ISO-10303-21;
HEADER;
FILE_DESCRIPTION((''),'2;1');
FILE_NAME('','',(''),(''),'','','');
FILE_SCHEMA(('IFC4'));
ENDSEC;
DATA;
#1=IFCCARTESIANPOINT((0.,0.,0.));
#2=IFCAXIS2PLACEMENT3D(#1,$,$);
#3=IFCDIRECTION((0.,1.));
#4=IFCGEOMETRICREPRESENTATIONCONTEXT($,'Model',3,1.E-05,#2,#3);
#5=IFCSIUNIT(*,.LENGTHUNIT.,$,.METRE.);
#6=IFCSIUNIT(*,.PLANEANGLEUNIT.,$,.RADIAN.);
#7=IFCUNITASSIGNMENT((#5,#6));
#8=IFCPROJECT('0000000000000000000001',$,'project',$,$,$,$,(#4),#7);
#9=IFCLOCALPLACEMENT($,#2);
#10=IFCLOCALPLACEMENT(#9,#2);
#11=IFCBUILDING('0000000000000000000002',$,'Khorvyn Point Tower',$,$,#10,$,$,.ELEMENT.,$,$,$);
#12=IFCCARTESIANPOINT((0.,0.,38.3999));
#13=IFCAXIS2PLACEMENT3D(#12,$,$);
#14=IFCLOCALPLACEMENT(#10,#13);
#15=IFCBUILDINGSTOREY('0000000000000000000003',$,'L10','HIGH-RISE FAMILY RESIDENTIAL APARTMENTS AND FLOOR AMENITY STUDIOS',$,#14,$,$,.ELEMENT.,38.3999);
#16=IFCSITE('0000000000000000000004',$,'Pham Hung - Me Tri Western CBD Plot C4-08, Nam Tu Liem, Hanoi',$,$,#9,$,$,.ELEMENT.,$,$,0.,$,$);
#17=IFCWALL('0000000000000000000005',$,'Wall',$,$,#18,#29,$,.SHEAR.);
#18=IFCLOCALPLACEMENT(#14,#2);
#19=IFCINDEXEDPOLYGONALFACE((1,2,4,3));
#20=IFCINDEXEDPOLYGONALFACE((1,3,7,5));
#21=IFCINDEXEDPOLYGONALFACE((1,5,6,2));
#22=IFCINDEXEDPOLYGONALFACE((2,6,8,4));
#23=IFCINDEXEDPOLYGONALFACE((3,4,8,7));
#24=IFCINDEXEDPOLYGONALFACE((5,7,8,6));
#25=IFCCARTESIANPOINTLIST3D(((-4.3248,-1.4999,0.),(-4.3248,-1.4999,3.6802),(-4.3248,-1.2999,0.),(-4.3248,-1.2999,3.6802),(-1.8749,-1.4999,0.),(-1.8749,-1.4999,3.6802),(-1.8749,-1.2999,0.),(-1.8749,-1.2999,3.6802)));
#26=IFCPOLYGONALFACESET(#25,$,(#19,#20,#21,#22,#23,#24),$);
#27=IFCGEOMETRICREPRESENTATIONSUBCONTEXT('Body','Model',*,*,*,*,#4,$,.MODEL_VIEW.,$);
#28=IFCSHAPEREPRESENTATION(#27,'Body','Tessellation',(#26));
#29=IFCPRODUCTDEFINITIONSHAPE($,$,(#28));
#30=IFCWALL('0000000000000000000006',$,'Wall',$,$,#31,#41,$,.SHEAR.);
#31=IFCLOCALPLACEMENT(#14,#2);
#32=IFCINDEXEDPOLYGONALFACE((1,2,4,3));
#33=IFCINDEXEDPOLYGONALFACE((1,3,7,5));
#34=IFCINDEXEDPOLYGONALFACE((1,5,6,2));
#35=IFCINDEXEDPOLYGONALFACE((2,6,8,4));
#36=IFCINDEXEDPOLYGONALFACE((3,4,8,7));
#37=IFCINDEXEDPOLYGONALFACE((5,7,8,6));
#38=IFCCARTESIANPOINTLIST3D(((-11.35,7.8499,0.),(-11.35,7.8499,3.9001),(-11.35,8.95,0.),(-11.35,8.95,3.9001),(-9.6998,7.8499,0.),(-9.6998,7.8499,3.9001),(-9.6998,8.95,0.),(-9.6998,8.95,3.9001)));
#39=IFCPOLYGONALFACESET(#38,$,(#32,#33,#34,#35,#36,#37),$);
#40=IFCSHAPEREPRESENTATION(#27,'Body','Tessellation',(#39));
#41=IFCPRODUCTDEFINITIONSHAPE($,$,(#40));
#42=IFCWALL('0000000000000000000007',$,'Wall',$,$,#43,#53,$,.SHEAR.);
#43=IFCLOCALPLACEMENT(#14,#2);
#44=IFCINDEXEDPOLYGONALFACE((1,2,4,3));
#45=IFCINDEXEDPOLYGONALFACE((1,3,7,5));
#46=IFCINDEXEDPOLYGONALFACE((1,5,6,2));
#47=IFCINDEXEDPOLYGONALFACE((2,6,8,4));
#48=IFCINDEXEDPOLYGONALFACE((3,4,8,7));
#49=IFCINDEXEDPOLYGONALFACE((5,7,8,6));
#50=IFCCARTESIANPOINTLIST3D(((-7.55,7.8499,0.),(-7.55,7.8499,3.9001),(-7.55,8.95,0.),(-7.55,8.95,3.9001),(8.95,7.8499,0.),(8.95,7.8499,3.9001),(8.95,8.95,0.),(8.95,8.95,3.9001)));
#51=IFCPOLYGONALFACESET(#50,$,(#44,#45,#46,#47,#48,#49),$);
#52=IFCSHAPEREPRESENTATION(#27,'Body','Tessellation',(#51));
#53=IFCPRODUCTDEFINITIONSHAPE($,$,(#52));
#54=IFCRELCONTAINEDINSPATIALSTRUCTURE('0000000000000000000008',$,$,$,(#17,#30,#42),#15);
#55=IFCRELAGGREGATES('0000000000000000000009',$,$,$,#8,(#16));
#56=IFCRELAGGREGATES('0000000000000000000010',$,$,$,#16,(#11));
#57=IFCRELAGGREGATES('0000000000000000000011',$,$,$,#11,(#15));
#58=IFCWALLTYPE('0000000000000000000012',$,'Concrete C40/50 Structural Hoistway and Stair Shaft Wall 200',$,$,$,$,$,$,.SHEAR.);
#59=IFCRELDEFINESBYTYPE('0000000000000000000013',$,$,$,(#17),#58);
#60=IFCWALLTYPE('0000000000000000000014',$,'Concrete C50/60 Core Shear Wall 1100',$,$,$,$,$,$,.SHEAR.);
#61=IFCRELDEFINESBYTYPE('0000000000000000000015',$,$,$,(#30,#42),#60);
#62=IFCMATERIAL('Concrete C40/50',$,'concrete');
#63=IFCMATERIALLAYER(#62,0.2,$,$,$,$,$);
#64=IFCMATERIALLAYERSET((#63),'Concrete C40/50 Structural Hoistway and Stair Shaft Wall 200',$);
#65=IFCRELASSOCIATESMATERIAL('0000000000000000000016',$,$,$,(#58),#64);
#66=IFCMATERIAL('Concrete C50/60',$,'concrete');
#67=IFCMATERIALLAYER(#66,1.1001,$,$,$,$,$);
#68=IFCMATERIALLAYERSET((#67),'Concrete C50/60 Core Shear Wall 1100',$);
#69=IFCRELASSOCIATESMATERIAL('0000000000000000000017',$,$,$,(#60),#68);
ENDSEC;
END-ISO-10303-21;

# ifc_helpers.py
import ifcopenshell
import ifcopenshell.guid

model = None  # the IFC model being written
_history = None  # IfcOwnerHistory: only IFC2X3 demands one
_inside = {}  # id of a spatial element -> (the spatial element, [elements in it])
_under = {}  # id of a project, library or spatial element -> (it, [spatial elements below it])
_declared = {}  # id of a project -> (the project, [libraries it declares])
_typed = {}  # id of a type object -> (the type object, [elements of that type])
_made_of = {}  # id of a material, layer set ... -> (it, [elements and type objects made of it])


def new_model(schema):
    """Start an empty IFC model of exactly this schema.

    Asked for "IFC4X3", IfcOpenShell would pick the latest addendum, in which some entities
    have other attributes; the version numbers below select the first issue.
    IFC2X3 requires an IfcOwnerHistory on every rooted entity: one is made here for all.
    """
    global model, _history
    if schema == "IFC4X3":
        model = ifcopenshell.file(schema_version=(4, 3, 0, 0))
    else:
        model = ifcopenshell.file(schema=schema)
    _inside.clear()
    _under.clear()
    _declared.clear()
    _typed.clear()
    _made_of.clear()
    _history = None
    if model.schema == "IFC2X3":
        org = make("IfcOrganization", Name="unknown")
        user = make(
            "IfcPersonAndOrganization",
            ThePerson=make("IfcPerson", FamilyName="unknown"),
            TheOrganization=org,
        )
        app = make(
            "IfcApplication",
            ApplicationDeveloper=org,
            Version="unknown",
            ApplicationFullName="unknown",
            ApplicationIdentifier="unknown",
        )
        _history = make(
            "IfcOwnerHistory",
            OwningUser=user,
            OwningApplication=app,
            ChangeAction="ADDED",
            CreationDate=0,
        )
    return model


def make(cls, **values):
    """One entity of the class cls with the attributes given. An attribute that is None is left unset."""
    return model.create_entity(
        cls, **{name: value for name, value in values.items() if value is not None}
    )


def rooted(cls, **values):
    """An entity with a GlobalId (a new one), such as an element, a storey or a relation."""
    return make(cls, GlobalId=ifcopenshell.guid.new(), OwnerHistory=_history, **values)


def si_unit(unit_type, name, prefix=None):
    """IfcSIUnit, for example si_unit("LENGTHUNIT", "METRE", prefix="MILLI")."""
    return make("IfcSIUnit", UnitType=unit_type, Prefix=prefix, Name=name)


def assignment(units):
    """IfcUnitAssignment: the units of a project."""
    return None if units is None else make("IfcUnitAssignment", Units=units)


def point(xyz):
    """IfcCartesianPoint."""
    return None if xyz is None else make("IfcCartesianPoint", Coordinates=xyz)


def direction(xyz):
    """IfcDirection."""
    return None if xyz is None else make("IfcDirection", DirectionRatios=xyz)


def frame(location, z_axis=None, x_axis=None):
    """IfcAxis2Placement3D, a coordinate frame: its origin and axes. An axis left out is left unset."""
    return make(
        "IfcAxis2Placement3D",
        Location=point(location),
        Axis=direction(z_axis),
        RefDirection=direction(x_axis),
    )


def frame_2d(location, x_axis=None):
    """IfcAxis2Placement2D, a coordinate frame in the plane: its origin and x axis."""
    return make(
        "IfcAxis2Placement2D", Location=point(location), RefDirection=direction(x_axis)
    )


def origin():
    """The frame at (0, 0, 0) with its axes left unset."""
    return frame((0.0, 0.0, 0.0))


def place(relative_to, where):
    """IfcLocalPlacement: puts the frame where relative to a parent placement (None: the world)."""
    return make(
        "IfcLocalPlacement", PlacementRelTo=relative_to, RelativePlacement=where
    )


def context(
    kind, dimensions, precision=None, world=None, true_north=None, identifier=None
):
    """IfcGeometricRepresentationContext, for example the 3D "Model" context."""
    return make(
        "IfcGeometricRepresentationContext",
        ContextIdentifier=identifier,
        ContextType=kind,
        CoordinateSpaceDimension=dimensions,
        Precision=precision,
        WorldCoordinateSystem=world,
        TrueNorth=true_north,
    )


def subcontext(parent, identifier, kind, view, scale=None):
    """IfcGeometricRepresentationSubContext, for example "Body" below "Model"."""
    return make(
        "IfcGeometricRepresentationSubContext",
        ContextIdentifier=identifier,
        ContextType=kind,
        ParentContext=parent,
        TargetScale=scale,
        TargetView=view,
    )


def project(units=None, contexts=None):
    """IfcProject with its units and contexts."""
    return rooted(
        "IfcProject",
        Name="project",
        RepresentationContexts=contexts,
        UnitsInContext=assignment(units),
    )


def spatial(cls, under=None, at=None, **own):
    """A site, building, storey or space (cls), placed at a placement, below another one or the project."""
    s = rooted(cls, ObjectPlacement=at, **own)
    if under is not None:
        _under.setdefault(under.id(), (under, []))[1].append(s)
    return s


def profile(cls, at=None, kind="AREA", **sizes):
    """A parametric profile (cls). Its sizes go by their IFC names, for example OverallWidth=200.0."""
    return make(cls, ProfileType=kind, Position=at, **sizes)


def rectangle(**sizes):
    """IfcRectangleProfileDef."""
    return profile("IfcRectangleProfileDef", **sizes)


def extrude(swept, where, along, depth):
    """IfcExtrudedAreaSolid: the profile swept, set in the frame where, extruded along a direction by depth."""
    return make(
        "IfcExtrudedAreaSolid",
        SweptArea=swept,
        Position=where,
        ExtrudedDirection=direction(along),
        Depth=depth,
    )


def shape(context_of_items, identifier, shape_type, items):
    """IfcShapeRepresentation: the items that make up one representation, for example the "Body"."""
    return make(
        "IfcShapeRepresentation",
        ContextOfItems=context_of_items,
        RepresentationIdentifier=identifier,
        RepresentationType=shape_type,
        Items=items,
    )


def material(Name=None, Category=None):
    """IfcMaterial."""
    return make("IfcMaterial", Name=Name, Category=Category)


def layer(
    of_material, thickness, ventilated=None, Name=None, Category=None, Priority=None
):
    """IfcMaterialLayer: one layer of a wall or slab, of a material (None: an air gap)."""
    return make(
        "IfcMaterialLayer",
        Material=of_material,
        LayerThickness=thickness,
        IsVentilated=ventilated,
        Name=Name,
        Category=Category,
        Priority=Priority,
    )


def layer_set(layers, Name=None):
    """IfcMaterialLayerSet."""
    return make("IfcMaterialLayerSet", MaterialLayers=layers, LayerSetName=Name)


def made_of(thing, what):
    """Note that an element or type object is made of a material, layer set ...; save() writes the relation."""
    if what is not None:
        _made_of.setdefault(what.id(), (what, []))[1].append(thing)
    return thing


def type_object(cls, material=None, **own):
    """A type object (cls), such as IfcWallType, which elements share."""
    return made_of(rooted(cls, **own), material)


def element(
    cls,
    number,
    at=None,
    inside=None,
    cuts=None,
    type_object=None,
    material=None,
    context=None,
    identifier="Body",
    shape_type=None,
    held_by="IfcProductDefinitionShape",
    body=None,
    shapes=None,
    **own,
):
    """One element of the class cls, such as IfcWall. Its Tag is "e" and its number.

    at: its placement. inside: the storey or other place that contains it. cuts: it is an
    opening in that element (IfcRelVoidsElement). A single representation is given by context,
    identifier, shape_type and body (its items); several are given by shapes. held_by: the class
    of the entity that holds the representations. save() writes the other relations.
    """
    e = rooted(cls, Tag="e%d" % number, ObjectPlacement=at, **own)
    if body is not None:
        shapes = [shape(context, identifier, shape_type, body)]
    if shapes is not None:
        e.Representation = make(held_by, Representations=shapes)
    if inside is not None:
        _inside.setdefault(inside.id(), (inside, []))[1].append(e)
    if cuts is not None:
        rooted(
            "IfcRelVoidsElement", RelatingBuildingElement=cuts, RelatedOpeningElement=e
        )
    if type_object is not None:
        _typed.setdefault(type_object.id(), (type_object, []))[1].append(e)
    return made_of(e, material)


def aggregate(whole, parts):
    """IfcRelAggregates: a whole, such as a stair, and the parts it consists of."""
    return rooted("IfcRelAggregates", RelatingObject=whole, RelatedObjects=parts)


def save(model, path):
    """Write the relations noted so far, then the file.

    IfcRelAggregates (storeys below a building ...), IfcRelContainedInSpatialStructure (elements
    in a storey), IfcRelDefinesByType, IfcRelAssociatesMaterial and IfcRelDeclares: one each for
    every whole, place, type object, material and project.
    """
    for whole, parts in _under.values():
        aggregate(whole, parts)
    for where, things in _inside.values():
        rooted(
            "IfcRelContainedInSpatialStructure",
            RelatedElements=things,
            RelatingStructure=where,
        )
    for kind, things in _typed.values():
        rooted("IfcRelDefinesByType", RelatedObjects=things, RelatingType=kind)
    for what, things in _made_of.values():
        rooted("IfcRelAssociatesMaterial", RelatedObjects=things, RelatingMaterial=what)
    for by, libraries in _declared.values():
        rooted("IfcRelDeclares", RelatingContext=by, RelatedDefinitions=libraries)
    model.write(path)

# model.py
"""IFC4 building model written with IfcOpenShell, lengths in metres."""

from ifc_helpers import new_model, si_unit, direction, frame, frame_2d, origin, place, context, subcontext, project, spatial, rectangle, extrude, material, layer, layer_set, type_object, element, save


model = new_model("IFC4")

# Units and contexts
model_context = context("Model", 3, precision=1e-05, world=origin(), true_north=direction((0.0, 1.0)))
body_context = subcontext(model_context, "Body", "Model", "MODEL_VIEW")
ifc_project = project(units=[si_unit("LENGTHUNIT", "METRE"), si_unit("PLANEANGLEUNIT", "RADIAN")], contexts=[model_context])

# Site, building, storey
site_placement = place(None, origin())
site = spatial("IfcSite", under=ifc_project, at=site_placement, Name="Pham Hung - Me Tri Western CBD Plot C4-08, Nam Tu Liem, Hanoi", CompositionType="ELEMENT", RefElevation=0.0)
building_placement = place(site_placement, origin())
building = spatial("IfcBuilding", under=site, at=building_placement, Name="Khorvyn Point Tower", CompositionType="ELEMENT")
storey_placement = place(building_placement, frame((0.0, 0.0, 38.3999)))
storey = spatial("IfcBuildingStorey", under=building, at=storey_placement, Name="L10", Description="HIGH-RISE FAMILY RESIDENTIAL APARTMENTS AND FLOOR AMENITY STUDIOS", CompositionType="ELEMENT", Elevation=38.3999)

# Shared definitions
ifc_material_1 = material(Name="Concrete C40/50", Category="concrete")

# Shared definitions
ifc_material_2 = material(Name="Concrete C50/60", Category="concrete")

# Shared definitions
ifc_layer_1 = layer(ifc_material_1, 0.2)
ifc_layer_set_1 = layer_set([ifc_layer_1], Name="Concrete C40/50 Structural Hoistway and Stair Shaft Wall 200")
wall_type_1 = type_object("IfcWallType", Name="Concrete C40/50 Structural Hoistway and Stair Shaft Wall 200", PredefinedType="SHEAR", material=ifc_layer_set_1)

# Walls
for number, where, z_axis, x_axis, name in (
    (1, (-4.325, -1.3999, 0.0), (0.0, 0.0, 1.0), (1.0, 0.0, 0.0), "Wall"),
):
    element("IfcWall", number, at=place(storey_placement, frame(where, z_axis=z_axis, x_axis=x_axis)), inside=storey, type_object=wall_type_1, Name=name, PredefinedType="SHEAR", context=body_context, shape_type="SweptSolid", body=[
        extrude(rectangle(XDim=2.45, YDim=0.2, at=frame_2d((1.2251, 0.0))), origin(), (0.0, 0.0, 1.0), 3.6802),
    ])
ifc_layer_2 = layer(ifc_material_2, 1.1001)
ifc_layer_set_2 = layer_set([ifc_layer_2], Name="Concrete C50/60 Core Shear Wall 1100")
wall_type_2 = type_object("IfcWallType", Name="Concrete C50/60 Core Shear Wall 1100", PredefinedType="SHEAR", material=ifc_layer_set_2)
wall_1_placement = place(storey_placement, frame((-11.3501, 8.3999, 0.0), z_axis=(0.0, 0.0, 1.0), x_axis=(1.0, 0.0, 0.0)))
element("IfcWall", 2, at=wall_1_placement, inside=storey, type_object=wall_type_2, Name="Wall", PredefinedType="SHEAR", context=body_context, shape_type="SweptSolid", body=[
    extrude(rectangle(XDim=1.6501, YDim=1.1001, at=frame_2d((0.8252, 0.0))), origin(), (0.0, 0.0, 1.0), 3.9001),
])
wall_2_placement = place(storey_placement, frame((-7.55, 8.3999, 0.0), z_axis=(0.0, 0.0, 1.0), x_axis=(1.0, 0.0, 0.0)))
element("IfcWall", 3, at=wall_2_placement, inside=storey, type_object=wall_type_2, Name="Wall", PredefinedType="SHEAR", context=body_context, shape_type="SweptSolid", body=[
    extrude(rectangle(XDim=16.5, YDim=1.1001, at=frame_2d((8.25, 0.0))), origin(), (0.0, 0.0, 1.0), 3.9001),
])

save(model, "model.ifc")
